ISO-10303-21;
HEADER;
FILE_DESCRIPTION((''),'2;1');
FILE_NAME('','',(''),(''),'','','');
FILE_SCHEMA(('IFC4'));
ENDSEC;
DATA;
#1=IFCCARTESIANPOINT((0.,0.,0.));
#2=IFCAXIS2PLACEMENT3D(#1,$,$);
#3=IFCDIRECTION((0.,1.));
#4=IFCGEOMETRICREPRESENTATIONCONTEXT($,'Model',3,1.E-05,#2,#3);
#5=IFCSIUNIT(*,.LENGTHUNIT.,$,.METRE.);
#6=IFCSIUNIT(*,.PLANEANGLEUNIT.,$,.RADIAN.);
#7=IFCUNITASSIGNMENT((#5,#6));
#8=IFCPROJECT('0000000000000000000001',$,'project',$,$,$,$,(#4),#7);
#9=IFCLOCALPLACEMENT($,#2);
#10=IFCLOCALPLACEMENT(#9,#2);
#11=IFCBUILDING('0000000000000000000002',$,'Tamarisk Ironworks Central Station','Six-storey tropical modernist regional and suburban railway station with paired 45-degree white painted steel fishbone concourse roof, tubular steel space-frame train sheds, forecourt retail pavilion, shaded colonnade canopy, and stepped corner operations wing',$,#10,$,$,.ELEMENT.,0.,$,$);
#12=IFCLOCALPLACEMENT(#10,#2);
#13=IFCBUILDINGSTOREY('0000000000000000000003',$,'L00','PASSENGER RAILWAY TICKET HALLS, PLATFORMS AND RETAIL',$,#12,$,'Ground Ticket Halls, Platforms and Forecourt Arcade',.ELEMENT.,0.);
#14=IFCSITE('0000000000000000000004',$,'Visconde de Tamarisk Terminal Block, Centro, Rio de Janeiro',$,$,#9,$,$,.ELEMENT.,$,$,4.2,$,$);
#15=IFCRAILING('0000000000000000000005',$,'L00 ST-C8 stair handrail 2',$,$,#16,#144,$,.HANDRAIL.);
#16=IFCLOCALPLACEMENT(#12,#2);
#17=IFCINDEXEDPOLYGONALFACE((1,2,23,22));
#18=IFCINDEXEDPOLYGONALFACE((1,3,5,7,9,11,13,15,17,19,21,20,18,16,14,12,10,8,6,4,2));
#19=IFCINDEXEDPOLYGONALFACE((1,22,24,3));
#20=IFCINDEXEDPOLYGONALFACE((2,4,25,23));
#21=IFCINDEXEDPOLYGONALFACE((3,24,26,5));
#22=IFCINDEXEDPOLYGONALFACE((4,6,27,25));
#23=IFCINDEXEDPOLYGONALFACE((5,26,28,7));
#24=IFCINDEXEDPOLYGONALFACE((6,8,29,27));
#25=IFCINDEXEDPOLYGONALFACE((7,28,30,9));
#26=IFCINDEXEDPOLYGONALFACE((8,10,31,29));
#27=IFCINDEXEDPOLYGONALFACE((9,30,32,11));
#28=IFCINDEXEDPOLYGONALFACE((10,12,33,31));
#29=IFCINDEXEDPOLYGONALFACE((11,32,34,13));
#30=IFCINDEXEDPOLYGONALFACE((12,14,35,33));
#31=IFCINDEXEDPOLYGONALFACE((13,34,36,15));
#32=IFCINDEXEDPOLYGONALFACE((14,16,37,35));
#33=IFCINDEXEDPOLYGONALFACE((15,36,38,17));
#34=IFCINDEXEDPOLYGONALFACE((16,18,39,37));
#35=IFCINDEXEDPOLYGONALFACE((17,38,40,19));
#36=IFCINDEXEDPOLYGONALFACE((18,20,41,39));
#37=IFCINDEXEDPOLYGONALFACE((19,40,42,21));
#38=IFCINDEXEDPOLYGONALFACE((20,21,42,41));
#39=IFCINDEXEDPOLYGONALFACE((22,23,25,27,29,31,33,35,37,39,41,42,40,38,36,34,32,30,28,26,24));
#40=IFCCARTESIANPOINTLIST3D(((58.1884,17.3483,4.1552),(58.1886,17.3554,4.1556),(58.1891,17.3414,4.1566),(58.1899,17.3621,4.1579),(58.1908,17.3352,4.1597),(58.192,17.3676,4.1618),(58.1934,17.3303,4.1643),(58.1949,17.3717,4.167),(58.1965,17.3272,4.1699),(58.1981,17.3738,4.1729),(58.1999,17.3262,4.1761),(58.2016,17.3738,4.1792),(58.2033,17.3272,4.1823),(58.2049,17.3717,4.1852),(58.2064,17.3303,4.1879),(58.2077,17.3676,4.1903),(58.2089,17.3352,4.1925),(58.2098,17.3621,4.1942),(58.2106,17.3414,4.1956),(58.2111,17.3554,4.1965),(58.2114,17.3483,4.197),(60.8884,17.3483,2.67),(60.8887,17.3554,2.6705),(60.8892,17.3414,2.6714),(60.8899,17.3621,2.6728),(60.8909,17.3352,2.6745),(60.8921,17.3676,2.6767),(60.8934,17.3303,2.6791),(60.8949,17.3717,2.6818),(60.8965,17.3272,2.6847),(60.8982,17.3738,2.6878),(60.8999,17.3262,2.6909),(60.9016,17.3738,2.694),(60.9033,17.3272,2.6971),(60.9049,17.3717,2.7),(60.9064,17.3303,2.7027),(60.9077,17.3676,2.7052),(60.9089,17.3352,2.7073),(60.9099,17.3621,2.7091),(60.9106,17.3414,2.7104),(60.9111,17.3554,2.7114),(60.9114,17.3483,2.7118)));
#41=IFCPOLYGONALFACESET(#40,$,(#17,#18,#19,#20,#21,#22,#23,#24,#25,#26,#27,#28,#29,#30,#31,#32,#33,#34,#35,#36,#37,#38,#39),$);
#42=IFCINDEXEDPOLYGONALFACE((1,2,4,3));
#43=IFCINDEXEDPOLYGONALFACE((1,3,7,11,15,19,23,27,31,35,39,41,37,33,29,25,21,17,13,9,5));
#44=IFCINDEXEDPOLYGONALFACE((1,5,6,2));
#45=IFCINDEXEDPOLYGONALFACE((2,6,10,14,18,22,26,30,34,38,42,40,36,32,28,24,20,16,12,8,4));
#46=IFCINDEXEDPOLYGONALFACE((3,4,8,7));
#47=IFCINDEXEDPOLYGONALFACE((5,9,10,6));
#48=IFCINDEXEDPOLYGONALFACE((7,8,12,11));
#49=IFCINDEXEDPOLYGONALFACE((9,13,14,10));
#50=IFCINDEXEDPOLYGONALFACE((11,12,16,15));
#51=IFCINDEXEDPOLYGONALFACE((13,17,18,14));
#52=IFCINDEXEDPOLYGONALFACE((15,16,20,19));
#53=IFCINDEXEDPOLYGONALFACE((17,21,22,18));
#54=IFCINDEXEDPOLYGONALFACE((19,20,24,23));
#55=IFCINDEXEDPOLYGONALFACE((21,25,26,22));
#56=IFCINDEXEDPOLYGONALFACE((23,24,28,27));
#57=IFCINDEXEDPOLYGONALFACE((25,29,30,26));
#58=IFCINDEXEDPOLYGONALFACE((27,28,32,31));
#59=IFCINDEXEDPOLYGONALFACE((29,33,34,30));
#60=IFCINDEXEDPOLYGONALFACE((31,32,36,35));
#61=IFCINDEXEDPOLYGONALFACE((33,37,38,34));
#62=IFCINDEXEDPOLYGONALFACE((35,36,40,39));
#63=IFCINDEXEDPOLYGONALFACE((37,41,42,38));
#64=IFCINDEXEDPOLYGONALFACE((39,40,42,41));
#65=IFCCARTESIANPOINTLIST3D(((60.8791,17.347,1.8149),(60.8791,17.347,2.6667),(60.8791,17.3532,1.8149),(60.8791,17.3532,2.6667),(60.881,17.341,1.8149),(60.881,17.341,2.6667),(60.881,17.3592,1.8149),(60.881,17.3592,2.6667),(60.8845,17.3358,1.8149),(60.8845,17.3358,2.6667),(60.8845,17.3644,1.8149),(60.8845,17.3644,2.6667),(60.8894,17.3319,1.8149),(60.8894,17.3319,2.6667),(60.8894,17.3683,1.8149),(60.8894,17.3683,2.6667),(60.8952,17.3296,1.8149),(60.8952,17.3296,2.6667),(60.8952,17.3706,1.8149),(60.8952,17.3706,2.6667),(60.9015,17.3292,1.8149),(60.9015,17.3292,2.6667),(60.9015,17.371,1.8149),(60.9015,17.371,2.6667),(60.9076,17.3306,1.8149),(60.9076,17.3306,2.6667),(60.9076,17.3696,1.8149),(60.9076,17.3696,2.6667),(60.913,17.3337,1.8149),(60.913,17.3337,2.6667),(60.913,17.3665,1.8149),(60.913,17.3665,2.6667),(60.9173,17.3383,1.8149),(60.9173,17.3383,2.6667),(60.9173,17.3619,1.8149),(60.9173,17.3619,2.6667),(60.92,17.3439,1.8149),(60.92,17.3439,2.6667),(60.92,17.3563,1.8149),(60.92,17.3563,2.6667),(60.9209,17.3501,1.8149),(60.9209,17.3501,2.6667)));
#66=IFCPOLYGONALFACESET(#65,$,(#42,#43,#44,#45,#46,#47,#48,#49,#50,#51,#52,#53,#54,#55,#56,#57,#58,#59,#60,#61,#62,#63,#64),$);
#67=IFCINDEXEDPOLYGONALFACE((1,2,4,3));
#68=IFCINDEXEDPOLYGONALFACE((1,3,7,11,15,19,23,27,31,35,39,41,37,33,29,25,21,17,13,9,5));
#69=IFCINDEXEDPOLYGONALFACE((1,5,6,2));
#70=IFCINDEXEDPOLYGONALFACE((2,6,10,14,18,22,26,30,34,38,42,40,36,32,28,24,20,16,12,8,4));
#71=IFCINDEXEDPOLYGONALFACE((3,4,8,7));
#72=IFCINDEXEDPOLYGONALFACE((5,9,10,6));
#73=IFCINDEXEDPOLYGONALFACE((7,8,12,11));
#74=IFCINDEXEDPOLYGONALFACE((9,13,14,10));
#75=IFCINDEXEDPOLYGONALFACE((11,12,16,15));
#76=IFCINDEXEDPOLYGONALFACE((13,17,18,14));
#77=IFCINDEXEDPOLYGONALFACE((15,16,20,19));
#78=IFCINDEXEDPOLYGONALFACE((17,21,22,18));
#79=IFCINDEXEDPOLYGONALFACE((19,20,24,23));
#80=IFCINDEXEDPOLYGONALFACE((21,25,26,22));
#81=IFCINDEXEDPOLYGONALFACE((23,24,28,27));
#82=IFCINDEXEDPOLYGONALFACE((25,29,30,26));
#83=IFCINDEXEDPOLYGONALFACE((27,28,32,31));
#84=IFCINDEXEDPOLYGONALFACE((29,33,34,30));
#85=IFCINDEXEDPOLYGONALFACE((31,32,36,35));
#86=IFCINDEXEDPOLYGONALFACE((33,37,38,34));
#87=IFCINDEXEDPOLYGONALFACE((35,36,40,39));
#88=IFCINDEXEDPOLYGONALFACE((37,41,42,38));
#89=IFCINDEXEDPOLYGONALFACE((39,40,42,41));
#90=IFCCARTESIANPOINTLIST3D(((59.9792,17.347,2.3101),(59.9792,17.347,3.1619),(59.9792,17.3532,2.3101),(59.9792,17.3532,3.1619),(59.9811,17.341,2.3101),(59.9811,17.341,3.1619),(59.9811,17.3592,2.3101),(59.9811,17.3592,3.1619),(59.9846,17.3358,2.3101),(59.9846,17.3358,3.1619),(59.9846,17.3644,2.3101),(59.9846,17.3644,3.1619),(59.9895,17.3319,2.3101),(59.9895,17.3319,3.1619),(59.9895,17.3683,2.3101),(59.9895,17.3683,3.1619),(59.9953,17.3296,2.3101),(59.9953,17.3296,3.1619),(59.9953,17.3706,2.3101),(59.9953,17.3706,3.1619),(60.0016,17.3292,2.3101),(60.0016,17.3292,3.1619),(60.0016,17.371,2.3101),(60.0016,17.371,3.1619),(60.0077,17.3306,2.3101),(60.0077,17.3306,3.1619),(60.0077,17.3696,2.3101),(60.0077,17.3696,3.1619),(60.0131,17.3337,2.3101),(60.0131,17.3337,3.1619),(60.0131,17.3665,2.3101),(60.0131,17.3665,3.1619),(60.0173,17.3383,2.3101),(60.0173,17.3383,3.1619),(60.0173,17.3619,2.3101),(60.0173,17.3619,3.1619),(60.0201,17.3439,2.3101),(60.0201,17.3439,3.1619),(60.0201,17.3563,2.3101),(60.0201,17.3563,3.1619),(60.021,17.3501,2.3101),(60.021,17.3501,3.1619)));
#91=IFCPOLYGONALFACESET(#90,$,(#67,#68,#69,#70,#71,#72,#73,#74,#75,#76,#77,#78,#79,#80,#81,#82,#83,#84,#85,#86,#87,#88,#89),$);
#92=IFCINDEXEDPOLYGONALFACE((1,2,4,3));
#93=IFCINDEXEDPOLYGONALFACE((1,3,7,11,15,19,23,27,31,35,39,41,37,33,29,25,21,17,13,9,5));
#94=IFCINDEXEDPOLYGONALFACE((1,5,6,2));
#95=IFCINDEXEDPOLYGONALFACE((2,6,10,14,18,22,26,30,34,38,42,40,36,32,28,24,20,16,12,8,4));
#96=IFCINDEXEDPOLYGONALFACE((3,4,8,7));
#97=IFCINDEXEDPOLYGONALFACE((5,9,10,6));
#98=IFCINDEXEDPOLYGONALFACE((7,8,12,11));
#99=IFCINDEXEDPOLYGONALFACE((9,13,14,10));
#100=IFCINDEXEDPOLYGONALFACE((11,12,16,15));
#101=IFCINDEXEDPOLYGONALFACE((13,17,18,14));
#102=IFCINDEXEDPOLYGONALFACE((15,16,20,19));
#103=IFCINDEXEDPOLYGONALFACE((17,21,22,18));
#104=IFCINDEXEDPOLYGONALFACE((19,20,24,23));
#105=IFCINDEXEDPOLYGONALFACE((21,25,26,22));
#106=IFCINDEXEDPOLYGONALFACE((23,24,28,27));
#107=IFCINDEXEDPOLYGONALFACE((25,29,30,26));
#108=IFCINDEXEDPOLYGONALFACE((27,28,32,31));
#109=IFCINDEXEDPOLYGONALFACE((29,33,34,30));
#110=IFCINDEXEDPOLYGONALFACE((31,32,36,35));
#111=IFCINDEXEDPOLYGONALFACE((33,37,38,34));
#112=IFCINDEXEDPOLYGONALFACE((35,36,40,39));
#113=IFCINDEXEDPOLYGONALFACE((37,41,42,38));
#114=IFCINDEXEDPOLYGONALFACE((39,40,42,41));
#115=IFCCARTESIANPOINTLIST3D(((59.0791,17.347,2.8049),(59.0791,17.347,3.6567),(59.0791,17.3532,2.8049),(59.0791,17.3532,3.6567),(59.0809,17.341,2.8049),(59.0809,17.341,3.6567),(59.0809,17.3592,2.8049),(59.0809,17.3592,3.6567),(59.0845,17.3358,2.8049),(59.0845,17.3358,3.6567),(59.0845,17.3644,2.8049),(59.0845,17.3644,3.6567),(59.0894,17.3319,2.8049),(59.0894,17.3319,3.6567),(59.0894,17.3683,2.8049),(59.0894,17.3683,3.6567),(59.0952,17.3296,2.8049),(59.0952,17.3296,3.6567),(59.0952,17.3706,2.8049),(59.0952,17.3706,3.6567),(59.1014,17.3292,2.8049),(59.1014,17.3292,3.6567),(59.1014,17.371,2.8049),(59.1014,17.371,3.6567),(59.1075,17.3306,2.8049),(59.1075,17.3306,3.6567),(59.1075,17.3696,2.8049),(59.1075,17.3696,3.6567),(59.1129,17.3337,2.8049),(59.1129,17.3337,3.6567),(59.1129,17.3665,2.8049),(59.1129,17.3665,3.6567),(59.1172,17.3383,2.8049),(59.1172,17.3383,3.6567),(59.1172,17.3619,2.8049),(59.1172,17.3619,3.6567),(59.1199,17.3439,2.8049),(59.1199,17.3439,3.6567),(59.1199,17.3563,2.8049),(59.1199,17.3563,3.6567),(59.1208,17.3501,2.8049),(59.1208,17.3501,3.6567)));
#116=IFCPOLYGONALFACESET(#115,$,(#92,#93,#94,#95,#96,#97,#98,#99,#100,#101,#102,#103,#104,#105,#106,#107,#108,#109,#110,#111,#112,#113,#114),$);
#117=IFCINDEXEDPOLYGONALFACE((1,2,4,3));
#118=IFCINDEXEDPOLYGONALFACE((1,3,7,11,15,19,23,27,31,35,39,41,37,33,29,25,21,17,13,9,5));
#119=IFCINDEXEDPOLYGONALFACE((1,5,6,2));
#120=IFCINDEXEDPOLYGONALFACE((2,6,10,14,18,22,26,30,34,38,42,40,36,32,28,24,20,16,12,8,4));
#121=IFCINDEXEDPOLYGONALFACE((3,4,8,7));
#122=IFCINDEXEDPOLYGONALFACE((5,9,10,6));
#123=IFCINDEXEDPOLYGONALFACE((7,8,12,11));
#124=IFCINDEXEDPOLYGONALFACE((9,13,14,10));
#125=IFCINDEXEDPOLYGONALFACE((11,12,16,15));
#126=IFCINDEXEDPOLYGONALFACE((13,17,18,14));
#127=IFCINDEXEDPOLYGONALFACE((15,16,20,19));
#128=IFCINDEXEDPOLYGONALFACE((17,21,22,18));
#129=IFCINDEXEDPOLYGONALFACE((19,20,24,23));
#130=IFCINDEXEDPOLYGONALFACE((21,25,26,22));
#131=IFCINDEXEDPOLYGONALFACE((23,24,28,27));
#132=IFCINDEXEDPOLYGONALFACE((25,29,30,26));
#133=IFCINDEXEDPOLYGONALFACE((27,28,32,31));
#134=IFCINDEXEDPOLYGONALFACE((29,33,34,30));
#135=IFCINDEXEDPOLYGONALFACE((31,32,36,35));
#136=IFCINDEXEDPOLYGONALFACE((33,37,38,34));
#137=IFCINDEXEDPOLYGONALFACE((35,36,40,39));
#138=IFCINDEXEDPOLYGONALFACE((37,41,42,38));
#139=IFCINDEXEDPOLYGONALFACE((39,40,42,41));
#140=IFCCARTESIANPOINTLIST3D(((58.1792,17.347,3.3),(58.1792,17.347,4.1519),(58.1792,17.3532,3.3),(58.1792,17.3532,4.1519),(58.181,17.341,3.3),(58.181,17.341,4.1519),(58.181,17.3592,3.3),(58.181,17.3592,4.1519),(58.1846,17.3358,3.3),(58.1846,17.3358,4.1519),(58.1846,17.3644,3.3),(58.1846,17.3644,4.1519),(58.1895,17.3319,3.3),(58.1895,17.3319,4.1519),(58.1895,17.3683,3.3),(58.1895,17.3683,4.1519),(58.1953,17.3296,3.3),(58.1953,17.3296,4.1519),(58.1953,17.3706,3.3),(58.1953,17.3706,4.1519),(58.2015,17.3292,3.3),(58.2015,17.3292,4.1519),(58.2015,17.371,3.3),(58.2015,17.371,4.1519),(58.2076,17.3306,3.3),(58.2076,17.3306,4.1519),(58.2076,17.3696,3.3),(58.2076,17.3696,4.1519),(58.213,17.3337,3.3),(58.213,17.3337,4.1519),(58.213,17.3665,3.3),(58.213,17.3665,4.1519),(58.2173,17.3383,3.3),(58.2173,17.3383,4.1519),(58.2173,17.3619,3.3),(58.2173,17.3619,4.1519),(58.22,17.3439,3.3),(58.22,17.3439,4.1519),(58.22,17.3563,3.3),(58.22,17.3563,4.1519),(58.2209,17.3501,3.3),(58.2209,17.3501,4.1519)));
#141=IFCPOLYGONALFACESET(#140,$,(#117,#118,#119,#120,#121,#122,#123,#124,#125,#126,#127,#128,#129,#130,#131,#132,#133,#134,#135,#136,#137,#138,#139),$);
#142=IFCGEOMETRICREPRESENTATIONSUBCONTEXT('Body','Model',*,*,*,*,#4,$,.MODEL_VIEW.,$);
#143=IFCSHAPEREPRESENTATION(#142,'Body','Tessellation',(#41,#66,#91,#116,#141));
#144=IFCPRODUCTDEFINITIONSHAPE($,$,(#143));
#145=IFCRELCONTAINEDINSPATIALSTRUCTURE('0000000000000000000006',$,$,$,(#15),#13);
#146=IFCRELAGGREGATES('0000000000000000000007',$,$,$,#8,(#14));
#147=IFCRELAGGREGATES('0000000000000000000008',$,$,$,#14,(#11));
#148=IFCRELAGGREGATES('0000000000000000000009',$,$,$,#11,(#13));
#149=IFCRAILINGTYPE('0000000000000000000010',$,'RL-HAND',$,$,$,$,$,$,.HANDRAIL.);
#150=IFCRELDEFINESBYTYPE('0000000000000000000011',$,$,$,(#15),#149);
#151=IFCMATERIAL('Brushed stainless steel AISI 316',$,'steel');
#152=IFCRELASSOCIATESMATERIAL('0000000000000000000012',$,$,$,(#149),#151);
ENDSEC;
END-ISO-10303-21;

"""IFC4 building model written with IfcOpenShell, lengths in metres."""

from ifc_helpers import new_model, si_unit, direction, frame, origin, origin_2d, place, context, subcontext, project, spatial, circle, extrude, material, type_object, element, save


model = new_model("IFC4")

# Units and contexts
model_context = context("Model", 3, precision=1e-05, world=origin(), true_north=direction((0.0, 1.0)))
body_context = subcontext(model_context, "Body", "Model", "MODEL_VIEW")
ifc_project = project(units=[si_unit("LENGTHUNIT", "METRE"), si_unit("PLANEANGLEUNIT", "RADIAN")], contexts=[model_context])

# Site, building, storey
site_placement = place(None, origin())
site = spatial("IfcSite", under=ifc_project, at=site_placement, Name="Visconde de Tamarisk Terminal Block, Centro, Rio de Janeiro", CompositionType="ELEMENT", RefElevation=4.2)
building_placement = place(site_placement, origin())
building = spatial("IfcBuilding", under=site, at=building_placement, Name="Tamarisk Ironworks Central Station", Description="Six-storey tropical modernist regional and suburban railway station with paired 45-degree white painted steel fishbone concourse roof, tubular steel space-frame train sheds, forecourt retail pavilion, shaded colonnade canopy, and stepped corner operations wing", CompositionType="ELEMENT", ElevationOfRefHeight=0.0)
storey_placement = place(building_placement, origin())
storey = spatial("IfcBuildingStorey", under=building, at=storey_placement, Name="L00", Description="PASSENGER RAILWAY TICKET HALLS, PLATFORMS AND RETAIL", LongName="Ground Ticket Halls, Platforms and Forecourt Arcade", CompositionType="ELEMENT", Elevation=0.0)

# Railing
ifc_material_1 = material(Name="Brushed stainless steel AISI 316", Category="steel")
railing_type_1 = type_object("IfcRailingType", Name="RL-HAND", PredefinedType="HANDRAIL", material=ifc_material_1)
railing_1_placement = place(storey_placement, frame((60.8999, 17.3501, 1.8149)))
element("IfcRailing", 1, at=railing_1_placement, inside=storey, type_object=railing_type_1, Name="L00 ST-C8 stair handrail 2", PredefinedType="HANDRAIL", context=body_context, shape_type="SweptSolid", body=[
    extrude(circle(Radius=0.0239, at=origin_2d()), frame((0.0, 0.0, 0.876), z_axis=(-0.876198, 0.0, 0.481952), x_axis=(0.0, -1.0, 0.0)), (0.0, 0.0, 1.0), 3.0815),
    extrude(circle(Radius=0.021, at=origin_2d()), origin(), (0.0, 0.0, 1.0), 0.8518),
    extrude(circle(Radius=0.021, at=origin_2d()), frame((-0.8999, 0.0, 0.4951)), (0.0, 0.0, 1.0), 0.8518),
    extrude(circle(Radius=0.021, at=origin_2d()), frame((-1.8, 0.0, 0.99)), (0.0, 0.0, 1.0), 0.8518),
    extrude(circle(Radius=0.021, at=origin_2d()), frame((-2.7, 0.0, 1.4851)), (0.0, 0.0, 1.0), 0.8518),
])

save(model, "model.ifc")
